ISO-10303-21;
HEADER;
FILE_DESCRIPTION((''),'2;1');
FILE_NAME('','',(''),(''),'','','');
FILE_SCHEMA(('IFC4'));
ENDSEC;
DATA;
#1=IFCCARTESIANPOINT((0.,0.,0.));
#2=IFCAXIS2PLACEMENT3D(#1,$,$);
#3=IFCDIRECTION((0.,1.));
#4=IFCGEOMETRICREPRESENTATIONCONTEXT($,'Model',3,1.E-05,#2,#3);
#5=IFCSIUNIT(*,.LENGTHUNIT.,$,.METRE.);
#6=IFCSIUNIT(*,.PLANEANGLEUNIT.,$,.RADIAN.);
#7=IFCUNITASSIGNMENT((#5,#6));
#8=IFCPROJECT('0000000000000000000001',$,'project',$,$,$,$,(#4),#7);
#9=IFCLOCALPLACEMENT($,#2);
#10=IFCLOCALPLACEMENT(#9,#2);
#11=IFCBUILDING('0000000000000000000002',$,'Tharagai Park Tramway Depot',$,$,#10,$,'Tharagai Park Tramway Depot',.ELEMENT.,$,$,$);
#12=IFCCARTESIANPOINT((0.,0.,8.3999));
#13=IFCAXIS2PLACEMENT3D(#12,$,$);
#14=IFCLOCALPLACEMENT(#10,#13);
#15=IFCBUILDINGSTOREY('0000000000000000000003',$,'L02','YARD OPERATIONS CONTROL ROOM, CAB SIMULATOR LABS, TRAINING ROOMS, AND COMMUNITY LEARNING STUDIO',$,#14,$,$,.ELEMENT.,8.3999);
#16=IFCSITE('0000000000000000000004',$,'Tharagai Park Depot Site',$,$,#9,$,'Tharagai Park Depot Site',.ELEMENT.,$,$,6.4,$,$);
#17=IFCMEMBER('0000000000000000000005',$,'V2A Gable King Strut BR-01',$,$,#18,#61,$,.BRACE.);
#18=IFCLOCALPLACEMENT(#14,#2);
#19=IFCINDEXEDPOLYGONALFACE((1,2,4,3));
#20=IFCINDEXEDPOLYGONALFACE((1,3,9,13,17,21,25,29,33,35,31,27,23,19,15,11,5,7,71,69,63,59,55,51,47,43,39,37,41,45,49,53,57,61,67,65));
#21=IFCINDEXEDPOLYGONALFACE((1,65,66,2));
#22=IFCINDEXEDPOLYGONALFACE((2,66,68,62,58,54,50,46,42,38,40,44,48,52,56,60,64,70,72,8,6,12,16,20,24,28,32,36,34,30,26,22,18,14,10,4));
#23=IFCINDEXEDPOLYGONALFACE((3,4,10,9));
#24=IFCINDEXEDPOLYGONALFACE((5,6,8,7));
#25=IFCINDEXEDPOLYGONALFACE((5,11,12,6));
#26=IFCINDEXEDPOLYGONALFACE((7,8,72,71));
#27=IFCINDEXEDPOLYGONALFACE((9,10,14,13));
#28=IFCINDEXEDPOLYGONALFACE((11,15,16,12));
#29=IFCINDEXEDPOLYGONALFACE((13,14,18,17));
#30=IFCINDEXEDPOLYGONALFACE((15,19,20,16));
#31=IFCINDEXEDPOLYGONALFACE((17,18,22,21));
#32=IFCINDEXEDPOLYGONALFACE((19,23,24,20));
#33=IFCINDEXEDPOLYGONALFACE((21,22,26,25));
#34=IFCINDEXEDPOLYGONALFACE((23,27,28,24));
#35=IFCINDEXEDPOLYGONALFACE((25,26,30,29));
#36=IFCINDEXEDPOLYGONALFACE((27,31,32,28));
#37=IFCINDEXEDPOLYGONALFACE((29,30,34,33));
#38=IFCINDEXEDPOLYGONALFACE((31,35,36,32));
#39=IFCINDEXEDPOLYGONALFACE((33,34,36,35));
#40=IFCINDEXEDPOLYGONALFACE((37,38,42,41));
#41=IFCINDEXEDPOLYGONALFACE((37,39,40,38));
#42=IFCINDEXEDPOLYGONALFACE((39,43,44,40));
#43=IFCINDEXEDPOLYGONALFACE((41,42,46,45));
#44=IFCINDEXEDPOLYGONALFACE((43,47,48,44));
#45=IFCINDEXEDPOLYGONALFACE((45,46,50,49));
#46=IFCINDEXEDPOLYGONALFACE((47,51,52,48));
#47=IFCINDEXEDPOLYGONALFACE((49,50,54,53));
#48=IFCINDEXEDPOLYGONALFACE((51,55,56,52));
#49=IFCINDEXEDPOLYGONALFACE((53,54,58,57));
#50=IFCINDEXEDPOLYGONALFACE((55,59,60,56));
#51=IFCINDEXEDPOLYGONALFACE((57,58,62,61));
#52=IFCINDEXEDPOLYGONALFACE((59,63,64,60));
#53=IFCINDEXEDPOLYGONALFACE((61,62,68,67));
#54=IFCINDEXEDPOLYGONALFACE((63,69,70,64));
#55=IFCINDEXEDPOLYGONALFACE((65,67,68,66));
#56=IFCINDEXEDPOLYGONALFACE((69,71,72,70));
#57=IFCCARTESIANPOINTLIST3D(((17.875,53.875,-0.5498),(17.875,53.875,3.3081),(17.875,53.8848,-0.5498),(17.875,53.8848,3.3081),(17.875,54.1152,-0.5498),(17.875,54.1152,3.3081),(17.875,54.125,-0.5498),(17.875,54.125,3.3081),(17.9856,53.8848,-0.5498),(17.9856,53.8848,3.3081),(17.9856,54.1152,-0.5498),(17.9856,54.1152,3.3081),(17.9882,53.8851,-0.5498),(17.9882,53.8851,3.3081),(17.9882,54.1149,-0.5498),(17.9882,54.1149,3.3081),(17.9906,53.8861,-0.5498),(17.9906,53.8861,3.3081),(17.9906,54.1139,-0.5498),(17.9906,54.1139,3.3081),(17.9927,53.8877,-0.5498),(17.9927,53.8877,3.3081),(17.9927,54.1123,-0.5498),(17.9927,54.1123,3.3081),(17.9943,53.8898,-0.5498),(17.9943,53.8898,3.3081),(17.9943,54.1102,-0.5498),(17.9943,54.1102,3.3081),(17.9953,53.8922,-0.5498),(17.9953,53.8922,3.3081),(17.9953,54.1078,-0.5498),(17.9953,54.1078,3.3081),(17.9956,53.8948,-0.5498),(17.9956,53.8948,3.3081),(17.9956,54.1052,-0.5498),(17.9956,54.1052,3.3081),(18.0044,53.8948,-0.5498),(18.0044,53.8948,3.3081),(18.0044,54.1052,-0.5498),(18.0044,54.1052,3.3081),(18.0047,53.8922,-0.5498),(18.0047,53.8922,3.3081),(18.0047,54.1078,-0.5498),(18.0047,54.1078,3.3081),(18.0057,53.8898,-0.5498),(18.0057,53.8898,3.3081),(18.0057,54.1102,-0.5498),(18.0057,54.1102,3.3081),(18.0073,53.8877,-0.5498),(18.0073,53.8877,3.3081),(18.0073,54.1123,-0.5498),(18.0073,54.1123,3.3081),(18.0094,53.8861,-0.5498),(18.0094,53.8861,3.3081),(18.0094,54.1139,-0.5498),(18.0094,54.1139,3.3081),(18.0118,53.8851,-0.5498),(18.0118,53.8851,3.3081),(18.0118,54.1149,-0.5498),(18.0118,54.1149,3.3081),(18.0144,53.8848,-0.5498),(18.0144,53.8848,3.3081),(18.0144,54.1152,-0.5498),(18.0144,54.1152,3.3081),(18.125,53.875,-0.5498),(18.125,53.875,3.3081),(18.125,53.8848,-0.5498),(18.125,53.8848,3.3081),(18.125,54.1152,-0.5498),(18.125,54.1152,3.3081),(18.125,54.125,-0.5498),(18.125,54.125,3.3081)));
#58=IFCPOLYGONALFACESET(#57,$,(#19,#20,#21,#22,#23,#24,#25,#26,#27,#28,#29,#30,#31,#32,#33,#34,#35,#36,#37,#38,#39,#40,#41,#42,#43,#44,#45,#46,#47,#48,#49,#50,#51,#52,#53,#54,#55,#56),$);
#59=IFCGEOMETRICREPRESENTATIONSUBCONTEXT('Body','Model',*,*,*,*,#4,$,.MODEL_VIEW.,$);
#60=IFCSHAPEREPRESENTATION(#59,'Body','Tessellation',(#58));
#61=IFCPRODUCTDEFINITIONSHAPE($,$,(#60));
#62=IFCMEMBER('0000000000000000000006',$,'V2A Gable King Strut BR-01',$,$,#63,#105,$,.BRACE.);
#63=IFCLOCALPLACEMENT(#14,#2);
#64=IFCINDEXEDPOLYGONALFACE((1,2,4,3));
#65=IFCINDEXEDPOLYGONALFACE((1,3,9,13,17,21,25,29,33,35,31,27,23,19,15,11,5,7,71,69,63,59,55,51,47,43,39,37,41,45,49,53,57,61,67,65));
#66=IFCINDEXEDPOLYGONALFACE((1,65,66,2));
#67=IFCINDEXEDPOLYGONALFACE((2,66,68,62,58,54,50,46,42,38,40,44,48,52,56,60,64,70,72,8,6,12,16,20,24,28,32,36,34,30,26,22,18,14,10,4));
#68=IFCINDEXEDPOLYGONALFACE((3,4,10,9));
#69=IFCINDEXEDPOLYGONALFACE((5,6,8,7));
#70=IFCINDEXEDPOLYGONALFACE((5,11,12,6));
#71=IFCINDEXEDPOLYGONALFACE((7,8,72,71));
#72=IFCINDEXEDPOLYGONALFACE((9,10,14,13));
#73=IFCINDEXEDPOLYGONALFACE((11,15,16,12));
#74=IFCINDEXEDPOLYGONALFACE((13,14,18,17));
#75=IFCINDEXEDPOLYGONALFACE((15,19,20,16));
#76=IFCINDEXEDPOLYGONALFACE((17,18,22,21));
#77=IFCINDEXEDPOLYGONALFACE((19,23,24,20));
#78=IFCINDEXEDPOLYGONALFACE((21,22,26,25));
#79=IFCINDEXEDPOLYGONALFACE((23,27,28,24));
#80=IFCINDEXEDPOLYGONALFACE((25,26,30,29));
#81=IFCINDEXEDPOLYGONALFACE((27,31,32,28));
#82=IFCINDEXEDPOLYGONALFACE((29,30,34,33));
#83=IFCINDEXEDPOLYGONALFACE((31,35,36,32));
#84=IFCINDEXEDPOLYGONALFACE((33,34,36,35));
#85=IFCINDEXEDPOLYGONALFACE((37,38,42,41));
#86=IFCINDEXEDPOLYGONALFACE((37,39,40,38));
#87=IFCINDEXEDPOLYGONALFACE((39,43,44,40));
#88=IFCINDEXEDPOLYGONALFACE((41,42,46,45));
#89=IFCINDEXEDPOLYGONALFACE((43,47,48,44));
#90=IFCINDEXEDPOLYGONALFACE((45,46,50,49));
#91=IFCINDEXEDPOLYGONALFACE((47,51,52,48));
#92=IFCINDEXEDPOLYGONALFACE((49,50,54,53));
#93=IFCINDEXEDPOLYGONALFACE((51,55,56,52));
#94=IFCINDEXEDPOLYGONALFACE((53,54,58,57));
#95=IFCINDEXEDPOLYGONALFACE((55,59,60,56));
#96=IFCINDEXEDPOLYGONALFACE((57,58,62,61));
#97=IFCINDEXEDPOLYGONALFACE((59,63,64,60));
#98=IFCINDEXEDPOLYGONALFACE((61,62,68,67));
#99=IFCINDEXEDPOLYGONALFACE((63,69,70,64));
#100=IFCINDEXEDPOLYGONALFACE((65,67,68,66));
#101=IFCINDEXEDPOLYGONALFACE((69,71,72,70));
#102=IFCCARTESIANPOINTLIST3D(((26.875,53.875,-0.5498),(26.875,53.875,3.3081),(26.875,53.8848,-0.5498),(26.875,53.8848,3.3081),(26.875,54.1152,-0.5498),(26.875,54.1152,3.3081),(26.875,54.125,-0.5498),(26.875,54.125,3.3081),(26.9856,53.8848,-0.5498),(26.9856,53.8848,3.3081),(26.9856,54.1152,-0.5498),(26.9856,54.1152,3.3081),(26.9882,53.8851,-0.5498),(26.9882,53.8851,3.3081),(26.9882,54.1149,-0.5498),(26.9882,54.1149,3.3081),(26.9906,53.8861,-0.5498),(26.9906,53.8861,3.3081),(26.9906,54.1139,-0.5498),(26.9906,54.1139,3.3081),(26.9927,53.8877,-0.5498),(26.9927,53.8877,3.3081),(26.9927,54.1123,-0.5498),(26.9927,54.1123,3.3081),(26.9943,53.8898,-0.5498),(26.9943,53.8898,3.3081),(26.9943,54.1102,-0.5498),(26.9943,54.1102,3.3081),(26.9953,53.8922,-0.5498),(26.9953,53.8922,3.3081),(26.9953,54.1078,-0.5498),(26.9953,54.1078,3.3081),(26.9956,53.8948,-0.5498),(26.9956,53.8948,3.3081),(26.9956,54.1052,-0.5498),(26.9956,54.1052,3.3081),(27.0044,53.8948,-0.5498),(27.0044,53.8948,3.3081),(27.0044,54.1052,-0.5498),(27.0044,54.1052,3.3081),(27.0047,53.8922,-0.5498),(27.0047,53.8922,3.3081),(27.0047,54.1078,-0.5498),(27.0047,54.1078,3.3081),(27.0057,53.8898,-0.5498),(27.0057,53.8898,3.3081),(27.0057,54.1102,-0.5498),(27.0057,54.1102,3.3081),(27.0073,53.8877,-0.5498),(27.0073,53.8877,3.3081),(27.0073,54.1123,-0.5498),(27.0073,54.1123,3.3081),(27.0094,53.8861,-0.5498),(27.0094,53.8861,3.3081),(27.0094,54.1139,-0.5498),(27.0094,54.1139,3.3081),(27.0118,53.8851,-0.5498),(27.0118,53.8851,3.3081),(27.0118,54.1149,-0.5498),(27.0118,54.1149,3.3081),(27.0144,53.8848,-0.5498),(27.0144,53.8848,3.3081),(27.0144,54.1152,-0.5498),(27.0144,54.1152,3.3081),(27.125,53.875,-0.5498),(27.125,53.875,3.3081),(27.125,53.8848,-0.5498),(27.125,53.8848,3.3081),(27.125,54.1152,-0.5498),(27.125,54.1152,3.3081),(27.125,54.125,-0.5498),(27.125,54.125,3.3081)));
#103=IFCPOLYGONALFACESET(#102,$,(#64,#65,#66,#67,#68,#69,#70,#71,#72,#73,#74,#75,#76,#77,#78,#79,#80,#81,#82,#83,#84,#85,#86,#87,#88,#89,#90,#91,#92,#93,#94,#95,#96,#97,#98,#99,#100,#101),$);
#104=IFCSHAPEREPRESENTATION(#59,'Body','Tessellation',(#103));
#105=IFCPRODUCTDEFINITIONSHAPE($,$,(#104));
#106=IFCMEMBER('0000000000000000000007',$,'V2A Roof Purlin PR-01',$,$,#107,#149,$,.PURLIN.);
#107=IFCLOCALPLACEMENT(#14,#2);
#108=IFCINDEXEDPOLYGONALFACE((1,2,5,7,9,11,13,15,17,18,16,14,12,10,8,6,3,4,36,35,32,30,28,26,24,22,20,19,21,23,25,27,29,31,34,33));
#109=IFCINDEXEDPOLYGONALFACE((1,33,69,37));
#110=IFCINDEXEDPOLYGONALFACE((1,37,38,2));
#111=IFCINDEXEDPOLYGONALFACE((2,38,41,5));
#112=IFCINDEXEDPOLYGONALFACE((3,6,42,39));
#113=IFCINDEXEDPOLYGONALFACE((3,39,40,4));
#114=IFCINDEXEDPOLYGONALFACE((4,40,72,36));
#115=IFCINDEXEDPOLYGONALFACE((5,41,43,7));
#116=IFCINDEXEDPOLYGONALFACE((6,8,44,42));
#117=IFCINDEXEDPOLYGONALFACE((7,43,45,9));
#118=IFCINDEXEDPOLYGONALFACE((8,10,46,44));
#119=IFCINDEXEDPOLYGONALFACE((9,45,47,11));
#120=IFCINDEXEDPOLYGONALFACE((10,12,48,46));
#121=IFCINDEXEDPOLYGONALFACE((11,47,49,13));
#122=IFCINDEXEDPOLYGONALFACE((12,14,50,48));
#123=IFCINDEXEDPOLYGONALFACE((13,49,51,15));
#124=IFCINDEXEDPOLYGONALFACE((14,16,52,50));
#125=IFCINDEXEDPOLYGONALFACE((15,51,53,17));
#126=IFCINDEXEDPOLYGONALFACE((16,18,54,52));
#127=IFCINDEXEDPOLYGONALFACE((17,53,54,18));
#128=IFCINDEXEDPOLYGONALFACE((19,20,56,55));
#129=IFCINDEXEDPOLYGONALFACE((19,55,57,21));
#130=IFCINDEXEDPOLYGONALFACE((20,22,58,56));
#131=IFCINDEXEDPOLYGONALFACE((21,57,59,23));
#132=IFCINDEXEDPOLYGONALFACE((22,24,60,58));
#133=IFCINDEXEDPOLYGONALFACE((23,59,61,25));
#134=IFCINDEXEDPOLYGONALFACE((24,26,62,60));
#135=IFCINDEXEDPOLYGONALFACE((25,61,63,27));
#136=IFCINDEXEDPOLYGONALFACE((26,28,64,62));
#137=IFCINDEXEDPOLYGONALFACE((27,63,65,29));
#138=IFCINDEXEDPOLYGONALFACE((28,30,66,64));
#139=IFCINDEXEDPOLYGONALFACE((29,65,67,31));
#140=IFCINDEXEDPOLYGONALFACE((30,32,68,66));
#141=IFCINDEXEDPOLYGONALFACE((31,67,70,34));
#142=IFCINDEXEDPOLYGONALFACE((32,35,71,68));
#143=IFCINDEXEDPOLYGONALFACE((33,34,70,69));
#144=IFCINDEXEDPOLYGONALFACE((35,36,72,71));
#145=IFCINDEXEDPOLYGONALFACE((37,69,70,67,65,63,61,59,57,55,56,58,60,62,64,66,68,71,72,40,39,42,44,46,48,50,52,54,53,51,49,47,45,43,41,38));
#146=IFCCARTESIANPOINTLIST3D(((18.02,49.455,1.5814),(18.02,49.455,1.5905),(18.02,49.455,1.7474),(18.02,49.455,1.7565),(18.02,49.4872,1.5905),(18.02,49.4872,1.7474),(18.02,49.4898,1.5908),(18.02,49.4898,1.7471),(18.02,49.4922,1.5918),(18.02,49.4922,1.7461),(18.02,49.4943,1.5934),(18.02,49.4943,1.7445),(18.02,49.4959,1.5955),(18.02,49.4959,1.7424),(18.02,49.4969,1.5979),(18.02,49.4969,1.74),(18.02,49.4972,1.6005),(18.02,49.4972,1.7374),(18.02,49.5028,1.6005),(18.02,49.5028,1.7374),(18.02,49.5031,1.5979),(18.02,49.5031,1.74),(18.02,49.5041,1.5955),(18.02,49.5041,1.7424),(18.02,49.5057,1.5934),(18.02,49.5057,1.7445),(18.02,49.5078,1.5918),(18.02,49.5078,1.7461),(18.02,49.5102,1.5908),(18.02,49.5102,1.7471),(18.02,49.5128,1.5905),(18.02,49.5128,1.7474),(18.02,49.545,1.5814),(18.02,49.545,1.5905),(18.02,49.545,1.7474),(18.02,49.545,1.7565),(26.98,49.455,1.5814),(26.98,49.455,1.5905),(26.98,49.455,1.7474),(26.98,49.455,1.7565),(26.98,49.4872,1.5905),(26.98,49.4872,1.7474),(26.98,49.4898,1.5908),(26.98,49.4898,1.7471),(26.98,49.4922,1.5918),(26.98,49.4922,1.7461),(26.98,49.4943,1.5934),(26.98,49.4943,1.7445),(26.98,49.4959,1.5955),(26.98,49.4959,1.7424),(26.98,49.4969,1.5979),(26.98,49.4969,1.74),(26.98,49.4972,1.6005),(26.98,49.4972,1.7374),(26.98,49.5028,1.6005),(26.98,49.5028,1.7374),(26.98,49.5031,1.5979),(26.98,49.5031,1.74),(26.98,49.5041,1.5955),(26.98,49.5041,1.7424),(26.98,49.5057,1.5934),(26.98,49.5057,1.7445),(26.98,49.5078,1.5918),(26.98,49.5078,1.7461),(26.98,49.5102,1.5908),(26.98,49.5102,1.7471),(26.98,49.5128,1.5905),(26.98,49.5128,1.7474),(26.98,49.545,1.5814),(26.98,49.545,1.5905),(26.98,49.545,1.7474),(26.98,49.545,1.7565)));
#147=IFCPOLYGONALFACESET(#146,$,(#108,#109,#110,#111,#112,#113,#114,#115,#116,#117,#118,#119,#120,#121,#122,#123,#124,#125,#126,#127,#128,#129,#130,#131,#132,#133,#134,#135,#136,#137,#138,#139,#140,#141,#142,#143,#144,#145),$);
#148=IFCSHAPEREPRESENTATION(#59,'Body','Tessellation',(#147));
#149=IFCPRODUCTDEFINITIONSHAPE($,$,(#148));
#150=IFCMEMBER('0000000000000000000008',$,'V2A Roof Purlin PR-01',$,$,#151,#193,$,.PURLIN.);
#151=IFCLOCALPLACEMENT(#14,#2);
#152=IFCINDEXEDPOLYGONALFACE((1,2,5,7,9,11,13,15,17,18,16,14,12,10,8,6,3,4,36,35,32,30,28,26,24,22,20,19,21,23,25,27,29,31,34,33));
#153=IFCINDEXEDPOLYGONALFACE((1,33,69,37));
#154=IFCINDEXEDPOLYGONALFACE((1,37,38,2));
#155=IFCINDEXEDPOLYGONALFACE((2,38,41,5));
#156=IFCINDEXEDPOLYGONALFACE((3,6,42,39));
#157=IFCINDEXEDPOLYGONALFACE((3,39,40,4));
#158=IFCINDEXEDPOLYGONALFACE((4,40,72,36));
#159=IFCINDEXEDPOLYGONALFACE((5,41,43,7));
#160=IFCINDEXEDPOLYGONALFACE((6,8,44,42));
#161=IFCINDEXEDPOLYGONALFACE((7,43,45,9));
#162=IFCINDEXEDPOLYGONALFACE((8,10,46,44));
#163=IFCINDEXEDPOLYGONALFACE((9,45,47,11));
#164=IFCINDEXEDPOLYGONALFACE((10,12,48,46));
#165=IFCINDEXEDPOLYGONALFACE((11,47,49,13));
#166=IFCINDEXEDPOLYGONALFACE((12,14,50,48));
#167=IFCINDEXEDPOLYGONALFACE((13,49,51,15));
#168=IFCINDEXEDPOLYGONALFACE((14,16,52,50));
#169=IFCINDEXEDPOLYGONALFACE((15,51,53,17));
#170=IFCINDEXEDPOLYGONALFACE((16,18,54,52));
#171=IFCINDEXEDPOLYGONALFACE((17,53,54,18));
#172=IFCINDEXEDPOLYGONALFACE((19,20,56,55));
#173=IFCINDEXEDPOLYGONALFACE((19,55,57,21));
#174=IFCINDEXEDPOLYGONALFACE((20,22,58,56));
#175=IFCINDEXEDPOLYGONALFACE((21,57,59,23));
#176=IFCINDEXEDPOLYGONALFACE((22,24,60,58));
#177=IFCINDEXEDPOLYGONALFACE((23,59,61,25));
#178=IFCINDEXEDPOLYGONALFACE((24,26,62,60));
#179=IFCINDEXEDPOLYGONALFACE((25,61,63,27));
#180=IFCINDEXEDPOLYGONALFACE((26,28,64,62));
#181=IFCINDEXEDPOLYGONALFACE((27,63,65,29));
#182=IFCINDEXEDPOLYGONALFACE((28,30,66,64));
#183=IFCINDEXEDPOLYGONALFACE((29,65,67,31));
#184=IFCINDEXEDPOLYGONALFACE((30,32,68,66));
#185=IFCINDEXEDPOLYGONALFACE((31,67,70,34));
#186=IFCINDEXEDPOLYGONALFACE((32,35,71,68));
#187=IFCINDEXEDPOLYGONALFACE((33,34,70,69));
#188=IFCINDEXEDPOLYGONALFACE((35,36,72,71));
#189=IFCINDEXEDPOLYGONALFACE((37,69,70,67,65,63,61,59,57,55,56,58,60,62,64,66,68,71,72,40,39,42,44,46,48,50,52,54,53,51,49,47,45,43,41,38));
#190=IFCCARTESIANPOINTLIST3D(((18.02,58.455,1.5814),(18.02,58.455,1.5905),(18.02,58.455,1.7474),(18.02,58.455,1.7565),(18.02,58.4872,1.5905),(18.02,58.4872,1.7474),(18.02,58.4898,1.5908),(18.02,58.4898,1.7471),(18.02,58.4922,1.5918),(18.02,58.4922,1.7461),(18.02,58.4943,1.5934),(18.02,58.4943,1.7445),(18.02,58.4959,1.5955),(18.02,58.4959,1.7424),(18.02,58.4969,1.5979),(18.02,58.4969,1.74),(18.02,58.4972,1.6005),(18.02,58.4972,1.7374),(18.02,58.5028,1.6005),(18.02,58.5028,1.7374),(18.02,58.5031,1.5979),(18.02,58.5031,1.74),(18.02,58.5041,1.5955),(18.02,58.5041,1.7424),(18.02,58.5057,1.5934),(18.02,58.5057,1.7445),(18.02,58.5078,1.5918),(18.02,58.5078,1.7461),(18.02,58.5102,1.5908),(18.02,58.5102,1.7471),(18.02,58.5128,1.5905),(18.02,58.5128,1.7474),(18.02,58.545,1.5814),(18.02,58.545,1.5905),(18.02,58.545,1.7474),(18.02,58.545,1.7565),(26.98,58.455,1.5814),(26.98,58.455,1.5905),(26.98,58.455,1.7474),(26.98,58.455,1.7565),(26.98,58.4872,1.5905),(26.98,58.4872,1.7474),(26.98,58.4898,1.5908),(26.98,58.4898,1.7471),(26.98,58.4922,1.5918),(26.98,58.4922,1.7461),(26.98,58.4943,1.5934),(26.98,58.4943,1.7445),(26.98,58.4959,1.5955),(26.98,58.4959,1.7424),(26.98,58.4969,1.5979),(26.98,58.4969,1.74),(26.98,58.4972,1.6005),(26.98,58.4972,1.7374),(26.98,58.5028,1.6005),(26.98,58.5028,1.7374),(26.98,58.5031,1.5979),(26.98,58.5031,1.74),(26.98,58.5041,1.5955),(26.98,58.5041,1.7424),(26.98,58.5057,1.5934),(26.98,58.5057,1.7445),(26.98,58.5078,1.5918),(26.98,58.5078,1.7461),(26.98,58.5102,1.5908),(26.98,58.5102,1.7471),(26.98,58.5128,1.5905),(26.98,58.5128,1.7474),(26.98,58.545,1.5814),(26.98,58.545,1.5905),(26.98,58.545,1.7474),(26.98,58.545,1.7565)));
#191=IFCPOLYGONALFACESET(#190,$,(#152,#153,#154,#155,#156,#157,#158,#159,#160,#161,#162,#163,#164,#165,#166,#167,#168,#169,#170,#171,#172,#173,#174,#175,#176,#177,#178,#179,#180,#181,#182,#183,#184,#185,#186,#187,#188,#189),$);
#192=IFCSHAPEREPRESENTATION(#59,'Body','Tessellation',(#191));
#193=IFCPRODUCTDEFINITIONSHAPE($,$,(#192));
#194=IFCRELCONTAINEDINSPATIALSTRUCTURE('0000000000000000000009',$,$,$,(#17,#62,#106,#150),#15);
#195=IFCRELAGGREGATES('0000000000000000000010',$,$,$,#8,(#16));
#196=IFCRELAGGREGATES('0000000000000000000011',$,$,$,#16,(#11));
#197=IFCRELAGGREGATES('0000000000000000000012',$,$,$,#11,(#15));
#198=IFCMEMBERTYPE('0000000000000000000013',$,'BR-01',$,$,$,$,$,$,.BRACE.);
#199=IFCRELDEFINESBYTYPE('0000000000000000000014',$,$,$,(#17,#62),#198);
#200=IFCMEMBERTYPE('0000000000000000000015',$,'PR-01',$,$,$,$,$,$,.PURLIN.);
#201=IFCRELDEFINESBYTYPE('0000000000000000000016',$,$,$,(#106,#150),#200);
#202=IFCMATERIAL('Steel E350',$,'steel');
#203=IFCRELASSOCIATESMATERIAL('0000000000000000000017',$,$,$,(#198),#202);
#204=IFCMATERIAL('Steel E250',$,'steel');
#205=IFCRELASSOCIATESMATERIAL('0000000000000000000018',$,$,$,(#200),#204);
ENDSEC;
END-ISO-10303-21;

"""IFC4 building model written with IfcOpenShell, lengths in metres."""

from ifc_helpers import new_model, si_unit, direction, frame, origin, origin_2d, place, context, subcontext, project, spatial, i_section, extrude, material, material_profile, profile_set, type_object, element, save


model = new_model("IFC4")

# Units and contexts
model_context = context("Model", 3, precision=1e-05, world=origin(), true_north=direction((0.0, 1.0)))
body_context = subcontext(model_context, "Body", "Model", "MODEL_VIEW")
ifc_project = project(units=[si_unit("LENGTHUNIT", "METRE"), si_unit("PLANEANGLEUNIT", "RADIAN")], contexts=[model_context])

# Site, building, storey
site_placement = place(None, origin())
site = spatial("IfcSite", under=ifc_project, at=site_placement, Name="Tharagai Park Depot Site", LongName="Tharagai Park Depot Site", CompositionType="ELEMENT", RefElevation=6.4)
building_placement = place(site_placement, origin())
building = spatial("IfcBuilding", under=site, at=building_placement, Name="Tharagai Park Tramway Depot", LongName="Tharagai Park Tramway Depot", CompositionType="ELEMENT")
storey_placement = place(building_placement, frame((0.0, 0.0, 8.3999)))
storey = spatial("IfcBuildingStorey", under=building, at=storey_placement, Name="L02", Description="YARD OPERATIONS CONTROL ROOM, CAB SIMULATOR LABS, TRAINING ROOMS, AND COMMUNITY LEARNING STUDIO", CompositionType="ELEMENT", Elevation=8.3999)

# Shared definitions
ifc_material_1 = material(Name="Steel E350", Category="steel")

# Members
ifc_material_profile_1 = material_profile(ifc_material_1, i_section(OverallWidth=0.25, OverallDepth=0.25, WebThickness=0.0088, FlangeThickness=0.0098, FilletRadius=0.01, at=origin_2d()), Name="ISHB 250")
ifc_profile_set_1 = profile_set([ifc_material_profile_1], Name="Steel E350")
member_type_1 = type_object("IfcMemberType", Name="BR-01", PredefinedType="BRACE", material=ifc_profile_set_1)
for number, where, z_axis, x_axis, name in (
    (1, (18.0, 54.0, -0.5498), (0.0, 0.0, 1.0), (1.0, 0.0, 0.0), "V2A Gable King Strut BR-01"),
    (2, (27.0, 54.0, -0.5498), (0.0, 0.0, 1.0), (1.0, 0.0, 0.0), "V2A Gable King Strut BR-01"),
):
    element("IfcMember", number, at=place(storey_placement, frame(where, z_axis=z_axis, x_axis=x_axis)), inside=storey, type_object=member_type_1, Name=name, PredefinedType="BRACE", context=body_context, shape_type="SweptSolid", body=[
        extrude(i_section(OverallWidth=0.25, OverallDepth=0.25, WebThickness=0.0088, FlangeThickness=0.0098, FilletRadius=0.01, at=origin_2d()), origin(), (0.0, 0.0, 1.0), 3.8579),
    ])
ifc_material_2 = material(Name="Steel E250", Category="steel")
ifc_material_profile_2 = material_profile(ifc_material_2, i_section(OverallWidth=0.0901, OverallDepth=0.175, WebThickness=0.0056, FlangeThickness=0.009, FilletRadius=0.01, at=origin_2d()), Name="ISMB 175")
ifc_profile_set_2 = profile_set([ifc_material_profile_2], Name="Steel E250")
member_type_2 = type_object("IfcMemberType", Name="PR-01", PredefinedType="PURLIN", material=ifc_profile_set_2)
for number, where, z_axis, x_axis, name in (
    (3, (18.02, 49.5, 1.6689), (1.0, 0.0, 0.0), (0.0, 1.0, 0.0), "V2A Roof Purlin PR-01"),
    (4, (18.02, 58.5, 1.6689), (1.0, 0.0, 0.0), (0.0, 1.0, 0.0), "V2A Roof Purlin PR-01"),
):
    element("IfcMember", number, at=place(storey_placement, frame(where, z_axis=z_axis, x_axis=x_axis)), inside=storey, type_object=member_type_2, Name=name, PredefinedType="PURLIN", context=body_context, shape_type="SweptSolid", body=[
        extrude(i_section(OverallWidth=0.0901, OverallDepth=0.175, WebThickness=0.0056, FlangeThickness=0.009, FilletRadius=0.01, at=origin_2d()), origin(), (0.0, 0.0, 1.0), 8.96),
    ])

save(model, "model.ifc")
